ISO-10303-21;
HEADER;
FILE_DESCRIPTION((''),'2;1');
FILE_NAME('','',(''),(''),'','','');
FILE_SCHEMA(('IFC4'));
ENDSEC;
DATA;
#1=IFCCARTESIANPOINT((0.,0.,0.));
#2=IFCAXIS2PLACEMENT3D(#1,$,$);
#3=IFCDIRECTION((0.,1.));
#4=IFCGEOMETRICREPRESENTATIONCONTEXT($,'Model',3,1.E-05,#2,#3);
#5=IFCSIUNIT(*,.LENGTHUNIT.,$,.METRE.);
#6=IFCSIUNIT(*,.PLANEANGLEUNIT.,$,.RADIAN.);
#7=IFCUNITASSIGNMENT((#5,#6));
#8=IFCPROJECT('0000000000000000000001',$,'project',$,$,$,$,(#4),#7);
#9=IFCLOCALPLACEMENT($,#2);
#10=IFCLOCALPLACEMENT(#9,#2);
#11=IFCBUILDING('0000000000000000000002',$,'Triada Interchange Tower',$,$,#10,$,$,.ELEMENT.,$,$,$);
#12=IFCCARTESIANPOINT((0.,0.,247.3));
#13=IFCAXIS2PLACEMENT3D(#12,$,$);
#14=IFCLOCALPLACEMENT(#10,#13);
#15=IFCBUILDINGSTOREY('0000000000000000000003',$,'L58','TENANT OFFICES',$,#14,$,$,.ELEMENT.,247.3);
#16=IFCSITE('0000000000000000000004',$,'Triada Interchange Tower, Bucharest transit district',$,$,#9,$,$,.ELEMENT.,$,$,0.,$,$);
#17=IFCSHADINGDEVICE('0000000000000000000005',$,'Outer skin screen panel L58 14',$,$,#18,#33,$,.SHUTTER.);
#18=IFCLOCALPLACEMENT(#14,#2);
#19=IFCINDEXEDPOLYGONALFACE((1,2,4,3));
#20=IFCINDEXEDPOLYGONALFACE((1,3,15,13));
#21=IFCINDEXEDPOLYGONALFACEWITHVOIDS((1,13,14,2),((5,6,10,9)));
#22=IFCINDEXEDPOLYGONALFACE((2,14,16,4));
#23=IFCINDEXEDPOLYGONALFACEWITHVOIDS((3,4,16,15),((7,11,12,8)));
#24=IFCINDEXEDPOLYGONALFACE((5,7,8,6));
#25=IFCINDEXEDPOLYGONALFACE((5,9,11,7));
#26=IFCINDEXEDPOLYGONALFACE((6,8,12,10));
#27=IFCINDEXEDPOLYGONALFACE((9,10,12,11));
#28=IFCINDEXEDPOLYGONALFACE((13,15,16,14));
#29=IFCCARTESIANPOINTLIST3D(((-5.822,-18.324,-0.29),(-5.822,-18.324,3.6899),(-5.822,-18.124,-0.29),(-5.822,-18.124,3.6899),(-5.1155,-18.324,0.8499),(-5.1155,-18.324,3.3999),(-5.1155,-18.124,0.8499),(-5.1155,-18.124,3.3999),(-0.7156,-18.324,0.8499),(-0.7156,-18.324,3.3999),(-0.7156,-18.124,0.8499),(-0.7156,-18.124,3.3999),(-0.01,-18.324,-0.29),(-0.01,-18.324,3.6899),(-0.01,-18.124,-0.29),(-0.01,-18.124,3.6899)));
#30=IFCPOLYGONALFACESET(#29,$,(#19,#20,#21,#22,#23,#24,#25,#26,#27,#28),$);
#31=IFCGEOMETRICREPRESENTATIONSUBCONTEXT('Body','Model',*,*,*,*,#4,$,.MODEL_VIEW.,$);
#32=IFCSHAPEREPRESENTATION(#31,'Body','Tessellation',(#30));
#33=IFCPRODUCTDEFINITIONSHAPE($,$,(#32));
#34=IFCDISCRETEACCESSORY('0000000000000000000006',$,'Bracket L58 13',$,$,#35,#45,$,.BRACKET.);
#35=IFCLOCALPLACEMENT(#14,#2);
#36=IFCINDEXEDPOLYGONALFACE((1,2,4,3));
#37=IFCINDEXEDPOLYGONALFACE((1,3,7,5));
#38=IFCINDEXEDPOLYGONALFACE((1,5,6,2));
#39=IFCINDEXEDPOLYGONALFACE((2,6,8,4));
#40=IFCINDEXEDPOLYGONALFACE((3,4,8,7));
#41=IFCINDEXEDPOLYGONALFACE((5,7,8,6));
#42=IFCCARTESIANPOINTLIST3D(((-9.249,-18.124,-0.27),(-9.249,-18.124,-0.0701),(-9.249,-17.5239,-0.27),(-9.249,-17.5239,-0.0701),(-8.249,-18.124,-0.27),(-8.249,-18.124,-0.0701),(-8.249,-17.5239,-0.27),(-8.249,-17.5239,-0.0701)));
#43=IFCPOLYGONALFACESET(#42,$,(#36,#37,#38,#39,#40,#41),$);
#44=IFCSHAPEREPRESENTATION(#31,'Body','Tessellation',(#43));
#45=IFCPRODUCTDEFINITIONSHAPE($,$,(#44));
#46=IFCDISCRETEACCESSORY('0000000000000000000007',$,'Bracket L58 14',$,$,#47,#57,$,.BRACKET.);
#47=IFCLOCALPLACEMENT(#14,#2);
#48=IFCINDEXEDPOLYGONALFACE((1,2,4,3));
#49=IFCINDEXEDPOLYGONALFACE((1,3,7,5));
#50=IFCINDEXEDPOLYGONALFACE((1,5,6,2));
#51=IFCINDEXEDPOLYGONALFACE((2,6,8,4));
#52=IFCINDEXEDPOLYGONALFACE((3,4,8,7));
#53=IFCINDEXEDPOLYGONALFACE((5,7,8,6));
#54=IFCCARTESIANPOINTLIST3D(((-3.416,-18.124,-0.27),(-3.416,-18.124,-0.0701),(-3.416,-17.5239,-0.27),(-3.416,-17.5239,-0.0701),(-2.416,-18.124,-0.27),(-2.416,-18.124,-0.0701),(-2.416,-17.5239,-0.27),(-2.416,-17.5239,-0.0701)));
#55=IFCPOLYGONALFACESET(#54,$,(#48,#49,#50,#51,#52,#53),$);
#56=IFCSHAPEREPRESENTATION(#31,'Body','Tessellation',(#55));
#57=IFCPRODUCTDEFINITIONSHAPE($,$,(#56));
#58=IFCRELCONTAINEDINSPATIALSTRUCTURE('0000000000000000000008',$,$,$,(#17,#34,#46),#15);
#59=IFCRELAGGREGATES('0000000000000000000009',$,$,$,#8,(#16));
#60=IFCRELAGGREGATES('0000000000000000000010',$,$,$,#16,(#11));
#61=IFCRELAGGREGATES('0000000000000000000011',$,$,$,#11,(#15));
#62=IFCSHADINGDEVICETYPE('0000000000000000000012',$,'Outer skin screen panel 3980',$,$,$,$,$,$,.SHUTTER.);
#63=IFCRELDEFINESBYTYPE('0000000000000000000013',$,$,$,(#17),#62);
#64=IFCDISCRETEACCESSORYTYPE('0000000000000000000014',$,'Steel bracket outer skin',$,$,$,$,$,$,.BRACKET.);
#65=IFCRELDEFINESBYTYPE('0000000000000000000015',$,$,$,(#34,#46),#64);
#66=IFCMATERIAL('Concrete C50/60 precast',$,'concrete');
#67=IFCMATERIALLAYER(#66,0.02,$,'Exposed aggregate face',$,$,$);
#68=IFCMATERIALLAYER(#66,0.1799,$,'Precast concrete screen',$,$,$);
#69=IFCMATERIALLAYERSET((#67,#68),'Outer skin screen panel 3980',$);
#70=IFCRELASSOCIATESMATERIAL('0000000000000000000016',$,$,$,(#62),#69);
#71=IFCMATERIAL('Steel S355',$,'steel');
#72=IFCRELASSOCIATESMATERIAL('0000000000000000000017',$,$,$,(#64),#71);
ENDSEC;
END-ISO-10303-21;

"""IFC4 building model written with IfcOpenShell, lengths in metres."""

from ifc_helpers import new_model, si_unit, direction, frame, origin, origin_2d, place, context, subcontext, project, spatial, polyline, rectangle, outline, extrude, material, layer, layer_set, type_object, element, save


model = new_model("IFC4")

# Units and contexts
model_context = context("Model", 3, precision=1e-05, world=origin(), true_north=direction((0.0, 1.0)))
body_context = subcontext(model_context, "Body", "Model", "MODEL_VIEW")
ifc_project = project(units=[si_unit("LENGTHUNIT", "METRE"), si_unit("PLANEANGLEUNIT", "RADIAN")], contexts=[model_context])

# Site, building, storey
site_placement = place(None, origin())
site = spatial("IfcSite", under=ifc_project, at=site_placement, Name="Triada Interchange Tower, Bucharest transit district", CompositionType="ELEMENT", RefElevation=0.0)
building_placement = place(site_placement, origin())
building = spatial("IfcBuilding", under=site, at=building_placement, Name="Triada Interchange Tower", CompositionType="ELEMENT")
storey_placement = place(building_placement, frame((0.0, 0.0, 247.3)))
storey = spatial("IfcBuildingStorey", under=building, at=storey_placement, Name="L58", Description="TENANT OFFICES", CompositionType="ELEMENT", Elevation=247.3)

# Shading device
ifc_material_1 = material(Name="Concrete C50/60 precast", Category="concrete")
ifc_layer_1 = layer(ifc_material_1, 0.02, Name="Exposed aggregate face")
ifc_layer_2 = layer(ifc_material_1, 0.1799, Name="Precast concrete screen")
ifc_layer_set_1 = layer_set([ifc_layer_1, ifc_layer_2], Name="Outer skin screen panel 3980")
shading_device_type = type_object("IfcShadingDeviceType", Name="Outer skin screen panel 3980", PredefinedType="SHUTTER", material=ifc_layer_set_1)
shading_device_1_placement = place(storey_placement, frame((-5.822, -18.124, -0.29), z_axis=(0.0, 0.0, 1.0), x_axis=(1.0, 0.0, 0.0)))
element("IfcShadingDevice", 1, at=shading_device_1_placement, inside=storey, type_object=shading_device_type, Name="Outer skin screen panel L58 14", PredefinedType="SHUTTER", context=body_context, shape_type="SweptSolid", body=[
    extrude(outline(polyline([(0.0, 0.0), (5.812, 0.0), (5.812, 3.98), (0.0, 3.98), (0.0, 0.0)]), holes=[polyline([(0.7065, 1.1399), (0.7065, 3.6899), (5.1064, 3.6899), (5.1064, 1.1399), (0.7065, 1.1399)])]), frame((0.0, 0.0, 0.0), z_axis=(0.0, -1.0, 0.0), x_axis=(1.0, 0.0, 0.0)), (0.0, 0.0, 1.0), 0.2),
])

# Discrete accessories
ifc_material_2 = material(Name="Steel S355", Category="steel")
discrete_accessory_type = type_object("IfcDiscreteAccessoryType", Name="Steel bracket outer skin", PredefinedType="BRACKET", material=ifc_material_2)
for number, where, z_axis, x_axis, name in (
    (2, (-8.749, -17.824, -0.27), (0.0, 0.0, 1.0), (0.0, -1.0, 0.0), "Bracket L58 13"),
    (3, (-2.916, -17.824, -0.27), (0.0, 0.0, 1.0), (0.0, -1.0, 0.0), "Bracket L58 14"),
):
    element("IfcDiscreteAccessory", number, at=place(storey_placement, frame(where, z_axis=z_axis, x_axis=x_axis)), inside=storey, type_object=discrete_accessory_type, Name=name, PredefinedType="BRACKET", context=body_context, shape_type="SweptSolid", body=[
        extrude(rectangle(XDim=0.6001, YDim=1.0, at=origin_2d()), origin(), (0.0, 0.0, 1.0), 0.2),
    ])

save(model, "model.ifc")
